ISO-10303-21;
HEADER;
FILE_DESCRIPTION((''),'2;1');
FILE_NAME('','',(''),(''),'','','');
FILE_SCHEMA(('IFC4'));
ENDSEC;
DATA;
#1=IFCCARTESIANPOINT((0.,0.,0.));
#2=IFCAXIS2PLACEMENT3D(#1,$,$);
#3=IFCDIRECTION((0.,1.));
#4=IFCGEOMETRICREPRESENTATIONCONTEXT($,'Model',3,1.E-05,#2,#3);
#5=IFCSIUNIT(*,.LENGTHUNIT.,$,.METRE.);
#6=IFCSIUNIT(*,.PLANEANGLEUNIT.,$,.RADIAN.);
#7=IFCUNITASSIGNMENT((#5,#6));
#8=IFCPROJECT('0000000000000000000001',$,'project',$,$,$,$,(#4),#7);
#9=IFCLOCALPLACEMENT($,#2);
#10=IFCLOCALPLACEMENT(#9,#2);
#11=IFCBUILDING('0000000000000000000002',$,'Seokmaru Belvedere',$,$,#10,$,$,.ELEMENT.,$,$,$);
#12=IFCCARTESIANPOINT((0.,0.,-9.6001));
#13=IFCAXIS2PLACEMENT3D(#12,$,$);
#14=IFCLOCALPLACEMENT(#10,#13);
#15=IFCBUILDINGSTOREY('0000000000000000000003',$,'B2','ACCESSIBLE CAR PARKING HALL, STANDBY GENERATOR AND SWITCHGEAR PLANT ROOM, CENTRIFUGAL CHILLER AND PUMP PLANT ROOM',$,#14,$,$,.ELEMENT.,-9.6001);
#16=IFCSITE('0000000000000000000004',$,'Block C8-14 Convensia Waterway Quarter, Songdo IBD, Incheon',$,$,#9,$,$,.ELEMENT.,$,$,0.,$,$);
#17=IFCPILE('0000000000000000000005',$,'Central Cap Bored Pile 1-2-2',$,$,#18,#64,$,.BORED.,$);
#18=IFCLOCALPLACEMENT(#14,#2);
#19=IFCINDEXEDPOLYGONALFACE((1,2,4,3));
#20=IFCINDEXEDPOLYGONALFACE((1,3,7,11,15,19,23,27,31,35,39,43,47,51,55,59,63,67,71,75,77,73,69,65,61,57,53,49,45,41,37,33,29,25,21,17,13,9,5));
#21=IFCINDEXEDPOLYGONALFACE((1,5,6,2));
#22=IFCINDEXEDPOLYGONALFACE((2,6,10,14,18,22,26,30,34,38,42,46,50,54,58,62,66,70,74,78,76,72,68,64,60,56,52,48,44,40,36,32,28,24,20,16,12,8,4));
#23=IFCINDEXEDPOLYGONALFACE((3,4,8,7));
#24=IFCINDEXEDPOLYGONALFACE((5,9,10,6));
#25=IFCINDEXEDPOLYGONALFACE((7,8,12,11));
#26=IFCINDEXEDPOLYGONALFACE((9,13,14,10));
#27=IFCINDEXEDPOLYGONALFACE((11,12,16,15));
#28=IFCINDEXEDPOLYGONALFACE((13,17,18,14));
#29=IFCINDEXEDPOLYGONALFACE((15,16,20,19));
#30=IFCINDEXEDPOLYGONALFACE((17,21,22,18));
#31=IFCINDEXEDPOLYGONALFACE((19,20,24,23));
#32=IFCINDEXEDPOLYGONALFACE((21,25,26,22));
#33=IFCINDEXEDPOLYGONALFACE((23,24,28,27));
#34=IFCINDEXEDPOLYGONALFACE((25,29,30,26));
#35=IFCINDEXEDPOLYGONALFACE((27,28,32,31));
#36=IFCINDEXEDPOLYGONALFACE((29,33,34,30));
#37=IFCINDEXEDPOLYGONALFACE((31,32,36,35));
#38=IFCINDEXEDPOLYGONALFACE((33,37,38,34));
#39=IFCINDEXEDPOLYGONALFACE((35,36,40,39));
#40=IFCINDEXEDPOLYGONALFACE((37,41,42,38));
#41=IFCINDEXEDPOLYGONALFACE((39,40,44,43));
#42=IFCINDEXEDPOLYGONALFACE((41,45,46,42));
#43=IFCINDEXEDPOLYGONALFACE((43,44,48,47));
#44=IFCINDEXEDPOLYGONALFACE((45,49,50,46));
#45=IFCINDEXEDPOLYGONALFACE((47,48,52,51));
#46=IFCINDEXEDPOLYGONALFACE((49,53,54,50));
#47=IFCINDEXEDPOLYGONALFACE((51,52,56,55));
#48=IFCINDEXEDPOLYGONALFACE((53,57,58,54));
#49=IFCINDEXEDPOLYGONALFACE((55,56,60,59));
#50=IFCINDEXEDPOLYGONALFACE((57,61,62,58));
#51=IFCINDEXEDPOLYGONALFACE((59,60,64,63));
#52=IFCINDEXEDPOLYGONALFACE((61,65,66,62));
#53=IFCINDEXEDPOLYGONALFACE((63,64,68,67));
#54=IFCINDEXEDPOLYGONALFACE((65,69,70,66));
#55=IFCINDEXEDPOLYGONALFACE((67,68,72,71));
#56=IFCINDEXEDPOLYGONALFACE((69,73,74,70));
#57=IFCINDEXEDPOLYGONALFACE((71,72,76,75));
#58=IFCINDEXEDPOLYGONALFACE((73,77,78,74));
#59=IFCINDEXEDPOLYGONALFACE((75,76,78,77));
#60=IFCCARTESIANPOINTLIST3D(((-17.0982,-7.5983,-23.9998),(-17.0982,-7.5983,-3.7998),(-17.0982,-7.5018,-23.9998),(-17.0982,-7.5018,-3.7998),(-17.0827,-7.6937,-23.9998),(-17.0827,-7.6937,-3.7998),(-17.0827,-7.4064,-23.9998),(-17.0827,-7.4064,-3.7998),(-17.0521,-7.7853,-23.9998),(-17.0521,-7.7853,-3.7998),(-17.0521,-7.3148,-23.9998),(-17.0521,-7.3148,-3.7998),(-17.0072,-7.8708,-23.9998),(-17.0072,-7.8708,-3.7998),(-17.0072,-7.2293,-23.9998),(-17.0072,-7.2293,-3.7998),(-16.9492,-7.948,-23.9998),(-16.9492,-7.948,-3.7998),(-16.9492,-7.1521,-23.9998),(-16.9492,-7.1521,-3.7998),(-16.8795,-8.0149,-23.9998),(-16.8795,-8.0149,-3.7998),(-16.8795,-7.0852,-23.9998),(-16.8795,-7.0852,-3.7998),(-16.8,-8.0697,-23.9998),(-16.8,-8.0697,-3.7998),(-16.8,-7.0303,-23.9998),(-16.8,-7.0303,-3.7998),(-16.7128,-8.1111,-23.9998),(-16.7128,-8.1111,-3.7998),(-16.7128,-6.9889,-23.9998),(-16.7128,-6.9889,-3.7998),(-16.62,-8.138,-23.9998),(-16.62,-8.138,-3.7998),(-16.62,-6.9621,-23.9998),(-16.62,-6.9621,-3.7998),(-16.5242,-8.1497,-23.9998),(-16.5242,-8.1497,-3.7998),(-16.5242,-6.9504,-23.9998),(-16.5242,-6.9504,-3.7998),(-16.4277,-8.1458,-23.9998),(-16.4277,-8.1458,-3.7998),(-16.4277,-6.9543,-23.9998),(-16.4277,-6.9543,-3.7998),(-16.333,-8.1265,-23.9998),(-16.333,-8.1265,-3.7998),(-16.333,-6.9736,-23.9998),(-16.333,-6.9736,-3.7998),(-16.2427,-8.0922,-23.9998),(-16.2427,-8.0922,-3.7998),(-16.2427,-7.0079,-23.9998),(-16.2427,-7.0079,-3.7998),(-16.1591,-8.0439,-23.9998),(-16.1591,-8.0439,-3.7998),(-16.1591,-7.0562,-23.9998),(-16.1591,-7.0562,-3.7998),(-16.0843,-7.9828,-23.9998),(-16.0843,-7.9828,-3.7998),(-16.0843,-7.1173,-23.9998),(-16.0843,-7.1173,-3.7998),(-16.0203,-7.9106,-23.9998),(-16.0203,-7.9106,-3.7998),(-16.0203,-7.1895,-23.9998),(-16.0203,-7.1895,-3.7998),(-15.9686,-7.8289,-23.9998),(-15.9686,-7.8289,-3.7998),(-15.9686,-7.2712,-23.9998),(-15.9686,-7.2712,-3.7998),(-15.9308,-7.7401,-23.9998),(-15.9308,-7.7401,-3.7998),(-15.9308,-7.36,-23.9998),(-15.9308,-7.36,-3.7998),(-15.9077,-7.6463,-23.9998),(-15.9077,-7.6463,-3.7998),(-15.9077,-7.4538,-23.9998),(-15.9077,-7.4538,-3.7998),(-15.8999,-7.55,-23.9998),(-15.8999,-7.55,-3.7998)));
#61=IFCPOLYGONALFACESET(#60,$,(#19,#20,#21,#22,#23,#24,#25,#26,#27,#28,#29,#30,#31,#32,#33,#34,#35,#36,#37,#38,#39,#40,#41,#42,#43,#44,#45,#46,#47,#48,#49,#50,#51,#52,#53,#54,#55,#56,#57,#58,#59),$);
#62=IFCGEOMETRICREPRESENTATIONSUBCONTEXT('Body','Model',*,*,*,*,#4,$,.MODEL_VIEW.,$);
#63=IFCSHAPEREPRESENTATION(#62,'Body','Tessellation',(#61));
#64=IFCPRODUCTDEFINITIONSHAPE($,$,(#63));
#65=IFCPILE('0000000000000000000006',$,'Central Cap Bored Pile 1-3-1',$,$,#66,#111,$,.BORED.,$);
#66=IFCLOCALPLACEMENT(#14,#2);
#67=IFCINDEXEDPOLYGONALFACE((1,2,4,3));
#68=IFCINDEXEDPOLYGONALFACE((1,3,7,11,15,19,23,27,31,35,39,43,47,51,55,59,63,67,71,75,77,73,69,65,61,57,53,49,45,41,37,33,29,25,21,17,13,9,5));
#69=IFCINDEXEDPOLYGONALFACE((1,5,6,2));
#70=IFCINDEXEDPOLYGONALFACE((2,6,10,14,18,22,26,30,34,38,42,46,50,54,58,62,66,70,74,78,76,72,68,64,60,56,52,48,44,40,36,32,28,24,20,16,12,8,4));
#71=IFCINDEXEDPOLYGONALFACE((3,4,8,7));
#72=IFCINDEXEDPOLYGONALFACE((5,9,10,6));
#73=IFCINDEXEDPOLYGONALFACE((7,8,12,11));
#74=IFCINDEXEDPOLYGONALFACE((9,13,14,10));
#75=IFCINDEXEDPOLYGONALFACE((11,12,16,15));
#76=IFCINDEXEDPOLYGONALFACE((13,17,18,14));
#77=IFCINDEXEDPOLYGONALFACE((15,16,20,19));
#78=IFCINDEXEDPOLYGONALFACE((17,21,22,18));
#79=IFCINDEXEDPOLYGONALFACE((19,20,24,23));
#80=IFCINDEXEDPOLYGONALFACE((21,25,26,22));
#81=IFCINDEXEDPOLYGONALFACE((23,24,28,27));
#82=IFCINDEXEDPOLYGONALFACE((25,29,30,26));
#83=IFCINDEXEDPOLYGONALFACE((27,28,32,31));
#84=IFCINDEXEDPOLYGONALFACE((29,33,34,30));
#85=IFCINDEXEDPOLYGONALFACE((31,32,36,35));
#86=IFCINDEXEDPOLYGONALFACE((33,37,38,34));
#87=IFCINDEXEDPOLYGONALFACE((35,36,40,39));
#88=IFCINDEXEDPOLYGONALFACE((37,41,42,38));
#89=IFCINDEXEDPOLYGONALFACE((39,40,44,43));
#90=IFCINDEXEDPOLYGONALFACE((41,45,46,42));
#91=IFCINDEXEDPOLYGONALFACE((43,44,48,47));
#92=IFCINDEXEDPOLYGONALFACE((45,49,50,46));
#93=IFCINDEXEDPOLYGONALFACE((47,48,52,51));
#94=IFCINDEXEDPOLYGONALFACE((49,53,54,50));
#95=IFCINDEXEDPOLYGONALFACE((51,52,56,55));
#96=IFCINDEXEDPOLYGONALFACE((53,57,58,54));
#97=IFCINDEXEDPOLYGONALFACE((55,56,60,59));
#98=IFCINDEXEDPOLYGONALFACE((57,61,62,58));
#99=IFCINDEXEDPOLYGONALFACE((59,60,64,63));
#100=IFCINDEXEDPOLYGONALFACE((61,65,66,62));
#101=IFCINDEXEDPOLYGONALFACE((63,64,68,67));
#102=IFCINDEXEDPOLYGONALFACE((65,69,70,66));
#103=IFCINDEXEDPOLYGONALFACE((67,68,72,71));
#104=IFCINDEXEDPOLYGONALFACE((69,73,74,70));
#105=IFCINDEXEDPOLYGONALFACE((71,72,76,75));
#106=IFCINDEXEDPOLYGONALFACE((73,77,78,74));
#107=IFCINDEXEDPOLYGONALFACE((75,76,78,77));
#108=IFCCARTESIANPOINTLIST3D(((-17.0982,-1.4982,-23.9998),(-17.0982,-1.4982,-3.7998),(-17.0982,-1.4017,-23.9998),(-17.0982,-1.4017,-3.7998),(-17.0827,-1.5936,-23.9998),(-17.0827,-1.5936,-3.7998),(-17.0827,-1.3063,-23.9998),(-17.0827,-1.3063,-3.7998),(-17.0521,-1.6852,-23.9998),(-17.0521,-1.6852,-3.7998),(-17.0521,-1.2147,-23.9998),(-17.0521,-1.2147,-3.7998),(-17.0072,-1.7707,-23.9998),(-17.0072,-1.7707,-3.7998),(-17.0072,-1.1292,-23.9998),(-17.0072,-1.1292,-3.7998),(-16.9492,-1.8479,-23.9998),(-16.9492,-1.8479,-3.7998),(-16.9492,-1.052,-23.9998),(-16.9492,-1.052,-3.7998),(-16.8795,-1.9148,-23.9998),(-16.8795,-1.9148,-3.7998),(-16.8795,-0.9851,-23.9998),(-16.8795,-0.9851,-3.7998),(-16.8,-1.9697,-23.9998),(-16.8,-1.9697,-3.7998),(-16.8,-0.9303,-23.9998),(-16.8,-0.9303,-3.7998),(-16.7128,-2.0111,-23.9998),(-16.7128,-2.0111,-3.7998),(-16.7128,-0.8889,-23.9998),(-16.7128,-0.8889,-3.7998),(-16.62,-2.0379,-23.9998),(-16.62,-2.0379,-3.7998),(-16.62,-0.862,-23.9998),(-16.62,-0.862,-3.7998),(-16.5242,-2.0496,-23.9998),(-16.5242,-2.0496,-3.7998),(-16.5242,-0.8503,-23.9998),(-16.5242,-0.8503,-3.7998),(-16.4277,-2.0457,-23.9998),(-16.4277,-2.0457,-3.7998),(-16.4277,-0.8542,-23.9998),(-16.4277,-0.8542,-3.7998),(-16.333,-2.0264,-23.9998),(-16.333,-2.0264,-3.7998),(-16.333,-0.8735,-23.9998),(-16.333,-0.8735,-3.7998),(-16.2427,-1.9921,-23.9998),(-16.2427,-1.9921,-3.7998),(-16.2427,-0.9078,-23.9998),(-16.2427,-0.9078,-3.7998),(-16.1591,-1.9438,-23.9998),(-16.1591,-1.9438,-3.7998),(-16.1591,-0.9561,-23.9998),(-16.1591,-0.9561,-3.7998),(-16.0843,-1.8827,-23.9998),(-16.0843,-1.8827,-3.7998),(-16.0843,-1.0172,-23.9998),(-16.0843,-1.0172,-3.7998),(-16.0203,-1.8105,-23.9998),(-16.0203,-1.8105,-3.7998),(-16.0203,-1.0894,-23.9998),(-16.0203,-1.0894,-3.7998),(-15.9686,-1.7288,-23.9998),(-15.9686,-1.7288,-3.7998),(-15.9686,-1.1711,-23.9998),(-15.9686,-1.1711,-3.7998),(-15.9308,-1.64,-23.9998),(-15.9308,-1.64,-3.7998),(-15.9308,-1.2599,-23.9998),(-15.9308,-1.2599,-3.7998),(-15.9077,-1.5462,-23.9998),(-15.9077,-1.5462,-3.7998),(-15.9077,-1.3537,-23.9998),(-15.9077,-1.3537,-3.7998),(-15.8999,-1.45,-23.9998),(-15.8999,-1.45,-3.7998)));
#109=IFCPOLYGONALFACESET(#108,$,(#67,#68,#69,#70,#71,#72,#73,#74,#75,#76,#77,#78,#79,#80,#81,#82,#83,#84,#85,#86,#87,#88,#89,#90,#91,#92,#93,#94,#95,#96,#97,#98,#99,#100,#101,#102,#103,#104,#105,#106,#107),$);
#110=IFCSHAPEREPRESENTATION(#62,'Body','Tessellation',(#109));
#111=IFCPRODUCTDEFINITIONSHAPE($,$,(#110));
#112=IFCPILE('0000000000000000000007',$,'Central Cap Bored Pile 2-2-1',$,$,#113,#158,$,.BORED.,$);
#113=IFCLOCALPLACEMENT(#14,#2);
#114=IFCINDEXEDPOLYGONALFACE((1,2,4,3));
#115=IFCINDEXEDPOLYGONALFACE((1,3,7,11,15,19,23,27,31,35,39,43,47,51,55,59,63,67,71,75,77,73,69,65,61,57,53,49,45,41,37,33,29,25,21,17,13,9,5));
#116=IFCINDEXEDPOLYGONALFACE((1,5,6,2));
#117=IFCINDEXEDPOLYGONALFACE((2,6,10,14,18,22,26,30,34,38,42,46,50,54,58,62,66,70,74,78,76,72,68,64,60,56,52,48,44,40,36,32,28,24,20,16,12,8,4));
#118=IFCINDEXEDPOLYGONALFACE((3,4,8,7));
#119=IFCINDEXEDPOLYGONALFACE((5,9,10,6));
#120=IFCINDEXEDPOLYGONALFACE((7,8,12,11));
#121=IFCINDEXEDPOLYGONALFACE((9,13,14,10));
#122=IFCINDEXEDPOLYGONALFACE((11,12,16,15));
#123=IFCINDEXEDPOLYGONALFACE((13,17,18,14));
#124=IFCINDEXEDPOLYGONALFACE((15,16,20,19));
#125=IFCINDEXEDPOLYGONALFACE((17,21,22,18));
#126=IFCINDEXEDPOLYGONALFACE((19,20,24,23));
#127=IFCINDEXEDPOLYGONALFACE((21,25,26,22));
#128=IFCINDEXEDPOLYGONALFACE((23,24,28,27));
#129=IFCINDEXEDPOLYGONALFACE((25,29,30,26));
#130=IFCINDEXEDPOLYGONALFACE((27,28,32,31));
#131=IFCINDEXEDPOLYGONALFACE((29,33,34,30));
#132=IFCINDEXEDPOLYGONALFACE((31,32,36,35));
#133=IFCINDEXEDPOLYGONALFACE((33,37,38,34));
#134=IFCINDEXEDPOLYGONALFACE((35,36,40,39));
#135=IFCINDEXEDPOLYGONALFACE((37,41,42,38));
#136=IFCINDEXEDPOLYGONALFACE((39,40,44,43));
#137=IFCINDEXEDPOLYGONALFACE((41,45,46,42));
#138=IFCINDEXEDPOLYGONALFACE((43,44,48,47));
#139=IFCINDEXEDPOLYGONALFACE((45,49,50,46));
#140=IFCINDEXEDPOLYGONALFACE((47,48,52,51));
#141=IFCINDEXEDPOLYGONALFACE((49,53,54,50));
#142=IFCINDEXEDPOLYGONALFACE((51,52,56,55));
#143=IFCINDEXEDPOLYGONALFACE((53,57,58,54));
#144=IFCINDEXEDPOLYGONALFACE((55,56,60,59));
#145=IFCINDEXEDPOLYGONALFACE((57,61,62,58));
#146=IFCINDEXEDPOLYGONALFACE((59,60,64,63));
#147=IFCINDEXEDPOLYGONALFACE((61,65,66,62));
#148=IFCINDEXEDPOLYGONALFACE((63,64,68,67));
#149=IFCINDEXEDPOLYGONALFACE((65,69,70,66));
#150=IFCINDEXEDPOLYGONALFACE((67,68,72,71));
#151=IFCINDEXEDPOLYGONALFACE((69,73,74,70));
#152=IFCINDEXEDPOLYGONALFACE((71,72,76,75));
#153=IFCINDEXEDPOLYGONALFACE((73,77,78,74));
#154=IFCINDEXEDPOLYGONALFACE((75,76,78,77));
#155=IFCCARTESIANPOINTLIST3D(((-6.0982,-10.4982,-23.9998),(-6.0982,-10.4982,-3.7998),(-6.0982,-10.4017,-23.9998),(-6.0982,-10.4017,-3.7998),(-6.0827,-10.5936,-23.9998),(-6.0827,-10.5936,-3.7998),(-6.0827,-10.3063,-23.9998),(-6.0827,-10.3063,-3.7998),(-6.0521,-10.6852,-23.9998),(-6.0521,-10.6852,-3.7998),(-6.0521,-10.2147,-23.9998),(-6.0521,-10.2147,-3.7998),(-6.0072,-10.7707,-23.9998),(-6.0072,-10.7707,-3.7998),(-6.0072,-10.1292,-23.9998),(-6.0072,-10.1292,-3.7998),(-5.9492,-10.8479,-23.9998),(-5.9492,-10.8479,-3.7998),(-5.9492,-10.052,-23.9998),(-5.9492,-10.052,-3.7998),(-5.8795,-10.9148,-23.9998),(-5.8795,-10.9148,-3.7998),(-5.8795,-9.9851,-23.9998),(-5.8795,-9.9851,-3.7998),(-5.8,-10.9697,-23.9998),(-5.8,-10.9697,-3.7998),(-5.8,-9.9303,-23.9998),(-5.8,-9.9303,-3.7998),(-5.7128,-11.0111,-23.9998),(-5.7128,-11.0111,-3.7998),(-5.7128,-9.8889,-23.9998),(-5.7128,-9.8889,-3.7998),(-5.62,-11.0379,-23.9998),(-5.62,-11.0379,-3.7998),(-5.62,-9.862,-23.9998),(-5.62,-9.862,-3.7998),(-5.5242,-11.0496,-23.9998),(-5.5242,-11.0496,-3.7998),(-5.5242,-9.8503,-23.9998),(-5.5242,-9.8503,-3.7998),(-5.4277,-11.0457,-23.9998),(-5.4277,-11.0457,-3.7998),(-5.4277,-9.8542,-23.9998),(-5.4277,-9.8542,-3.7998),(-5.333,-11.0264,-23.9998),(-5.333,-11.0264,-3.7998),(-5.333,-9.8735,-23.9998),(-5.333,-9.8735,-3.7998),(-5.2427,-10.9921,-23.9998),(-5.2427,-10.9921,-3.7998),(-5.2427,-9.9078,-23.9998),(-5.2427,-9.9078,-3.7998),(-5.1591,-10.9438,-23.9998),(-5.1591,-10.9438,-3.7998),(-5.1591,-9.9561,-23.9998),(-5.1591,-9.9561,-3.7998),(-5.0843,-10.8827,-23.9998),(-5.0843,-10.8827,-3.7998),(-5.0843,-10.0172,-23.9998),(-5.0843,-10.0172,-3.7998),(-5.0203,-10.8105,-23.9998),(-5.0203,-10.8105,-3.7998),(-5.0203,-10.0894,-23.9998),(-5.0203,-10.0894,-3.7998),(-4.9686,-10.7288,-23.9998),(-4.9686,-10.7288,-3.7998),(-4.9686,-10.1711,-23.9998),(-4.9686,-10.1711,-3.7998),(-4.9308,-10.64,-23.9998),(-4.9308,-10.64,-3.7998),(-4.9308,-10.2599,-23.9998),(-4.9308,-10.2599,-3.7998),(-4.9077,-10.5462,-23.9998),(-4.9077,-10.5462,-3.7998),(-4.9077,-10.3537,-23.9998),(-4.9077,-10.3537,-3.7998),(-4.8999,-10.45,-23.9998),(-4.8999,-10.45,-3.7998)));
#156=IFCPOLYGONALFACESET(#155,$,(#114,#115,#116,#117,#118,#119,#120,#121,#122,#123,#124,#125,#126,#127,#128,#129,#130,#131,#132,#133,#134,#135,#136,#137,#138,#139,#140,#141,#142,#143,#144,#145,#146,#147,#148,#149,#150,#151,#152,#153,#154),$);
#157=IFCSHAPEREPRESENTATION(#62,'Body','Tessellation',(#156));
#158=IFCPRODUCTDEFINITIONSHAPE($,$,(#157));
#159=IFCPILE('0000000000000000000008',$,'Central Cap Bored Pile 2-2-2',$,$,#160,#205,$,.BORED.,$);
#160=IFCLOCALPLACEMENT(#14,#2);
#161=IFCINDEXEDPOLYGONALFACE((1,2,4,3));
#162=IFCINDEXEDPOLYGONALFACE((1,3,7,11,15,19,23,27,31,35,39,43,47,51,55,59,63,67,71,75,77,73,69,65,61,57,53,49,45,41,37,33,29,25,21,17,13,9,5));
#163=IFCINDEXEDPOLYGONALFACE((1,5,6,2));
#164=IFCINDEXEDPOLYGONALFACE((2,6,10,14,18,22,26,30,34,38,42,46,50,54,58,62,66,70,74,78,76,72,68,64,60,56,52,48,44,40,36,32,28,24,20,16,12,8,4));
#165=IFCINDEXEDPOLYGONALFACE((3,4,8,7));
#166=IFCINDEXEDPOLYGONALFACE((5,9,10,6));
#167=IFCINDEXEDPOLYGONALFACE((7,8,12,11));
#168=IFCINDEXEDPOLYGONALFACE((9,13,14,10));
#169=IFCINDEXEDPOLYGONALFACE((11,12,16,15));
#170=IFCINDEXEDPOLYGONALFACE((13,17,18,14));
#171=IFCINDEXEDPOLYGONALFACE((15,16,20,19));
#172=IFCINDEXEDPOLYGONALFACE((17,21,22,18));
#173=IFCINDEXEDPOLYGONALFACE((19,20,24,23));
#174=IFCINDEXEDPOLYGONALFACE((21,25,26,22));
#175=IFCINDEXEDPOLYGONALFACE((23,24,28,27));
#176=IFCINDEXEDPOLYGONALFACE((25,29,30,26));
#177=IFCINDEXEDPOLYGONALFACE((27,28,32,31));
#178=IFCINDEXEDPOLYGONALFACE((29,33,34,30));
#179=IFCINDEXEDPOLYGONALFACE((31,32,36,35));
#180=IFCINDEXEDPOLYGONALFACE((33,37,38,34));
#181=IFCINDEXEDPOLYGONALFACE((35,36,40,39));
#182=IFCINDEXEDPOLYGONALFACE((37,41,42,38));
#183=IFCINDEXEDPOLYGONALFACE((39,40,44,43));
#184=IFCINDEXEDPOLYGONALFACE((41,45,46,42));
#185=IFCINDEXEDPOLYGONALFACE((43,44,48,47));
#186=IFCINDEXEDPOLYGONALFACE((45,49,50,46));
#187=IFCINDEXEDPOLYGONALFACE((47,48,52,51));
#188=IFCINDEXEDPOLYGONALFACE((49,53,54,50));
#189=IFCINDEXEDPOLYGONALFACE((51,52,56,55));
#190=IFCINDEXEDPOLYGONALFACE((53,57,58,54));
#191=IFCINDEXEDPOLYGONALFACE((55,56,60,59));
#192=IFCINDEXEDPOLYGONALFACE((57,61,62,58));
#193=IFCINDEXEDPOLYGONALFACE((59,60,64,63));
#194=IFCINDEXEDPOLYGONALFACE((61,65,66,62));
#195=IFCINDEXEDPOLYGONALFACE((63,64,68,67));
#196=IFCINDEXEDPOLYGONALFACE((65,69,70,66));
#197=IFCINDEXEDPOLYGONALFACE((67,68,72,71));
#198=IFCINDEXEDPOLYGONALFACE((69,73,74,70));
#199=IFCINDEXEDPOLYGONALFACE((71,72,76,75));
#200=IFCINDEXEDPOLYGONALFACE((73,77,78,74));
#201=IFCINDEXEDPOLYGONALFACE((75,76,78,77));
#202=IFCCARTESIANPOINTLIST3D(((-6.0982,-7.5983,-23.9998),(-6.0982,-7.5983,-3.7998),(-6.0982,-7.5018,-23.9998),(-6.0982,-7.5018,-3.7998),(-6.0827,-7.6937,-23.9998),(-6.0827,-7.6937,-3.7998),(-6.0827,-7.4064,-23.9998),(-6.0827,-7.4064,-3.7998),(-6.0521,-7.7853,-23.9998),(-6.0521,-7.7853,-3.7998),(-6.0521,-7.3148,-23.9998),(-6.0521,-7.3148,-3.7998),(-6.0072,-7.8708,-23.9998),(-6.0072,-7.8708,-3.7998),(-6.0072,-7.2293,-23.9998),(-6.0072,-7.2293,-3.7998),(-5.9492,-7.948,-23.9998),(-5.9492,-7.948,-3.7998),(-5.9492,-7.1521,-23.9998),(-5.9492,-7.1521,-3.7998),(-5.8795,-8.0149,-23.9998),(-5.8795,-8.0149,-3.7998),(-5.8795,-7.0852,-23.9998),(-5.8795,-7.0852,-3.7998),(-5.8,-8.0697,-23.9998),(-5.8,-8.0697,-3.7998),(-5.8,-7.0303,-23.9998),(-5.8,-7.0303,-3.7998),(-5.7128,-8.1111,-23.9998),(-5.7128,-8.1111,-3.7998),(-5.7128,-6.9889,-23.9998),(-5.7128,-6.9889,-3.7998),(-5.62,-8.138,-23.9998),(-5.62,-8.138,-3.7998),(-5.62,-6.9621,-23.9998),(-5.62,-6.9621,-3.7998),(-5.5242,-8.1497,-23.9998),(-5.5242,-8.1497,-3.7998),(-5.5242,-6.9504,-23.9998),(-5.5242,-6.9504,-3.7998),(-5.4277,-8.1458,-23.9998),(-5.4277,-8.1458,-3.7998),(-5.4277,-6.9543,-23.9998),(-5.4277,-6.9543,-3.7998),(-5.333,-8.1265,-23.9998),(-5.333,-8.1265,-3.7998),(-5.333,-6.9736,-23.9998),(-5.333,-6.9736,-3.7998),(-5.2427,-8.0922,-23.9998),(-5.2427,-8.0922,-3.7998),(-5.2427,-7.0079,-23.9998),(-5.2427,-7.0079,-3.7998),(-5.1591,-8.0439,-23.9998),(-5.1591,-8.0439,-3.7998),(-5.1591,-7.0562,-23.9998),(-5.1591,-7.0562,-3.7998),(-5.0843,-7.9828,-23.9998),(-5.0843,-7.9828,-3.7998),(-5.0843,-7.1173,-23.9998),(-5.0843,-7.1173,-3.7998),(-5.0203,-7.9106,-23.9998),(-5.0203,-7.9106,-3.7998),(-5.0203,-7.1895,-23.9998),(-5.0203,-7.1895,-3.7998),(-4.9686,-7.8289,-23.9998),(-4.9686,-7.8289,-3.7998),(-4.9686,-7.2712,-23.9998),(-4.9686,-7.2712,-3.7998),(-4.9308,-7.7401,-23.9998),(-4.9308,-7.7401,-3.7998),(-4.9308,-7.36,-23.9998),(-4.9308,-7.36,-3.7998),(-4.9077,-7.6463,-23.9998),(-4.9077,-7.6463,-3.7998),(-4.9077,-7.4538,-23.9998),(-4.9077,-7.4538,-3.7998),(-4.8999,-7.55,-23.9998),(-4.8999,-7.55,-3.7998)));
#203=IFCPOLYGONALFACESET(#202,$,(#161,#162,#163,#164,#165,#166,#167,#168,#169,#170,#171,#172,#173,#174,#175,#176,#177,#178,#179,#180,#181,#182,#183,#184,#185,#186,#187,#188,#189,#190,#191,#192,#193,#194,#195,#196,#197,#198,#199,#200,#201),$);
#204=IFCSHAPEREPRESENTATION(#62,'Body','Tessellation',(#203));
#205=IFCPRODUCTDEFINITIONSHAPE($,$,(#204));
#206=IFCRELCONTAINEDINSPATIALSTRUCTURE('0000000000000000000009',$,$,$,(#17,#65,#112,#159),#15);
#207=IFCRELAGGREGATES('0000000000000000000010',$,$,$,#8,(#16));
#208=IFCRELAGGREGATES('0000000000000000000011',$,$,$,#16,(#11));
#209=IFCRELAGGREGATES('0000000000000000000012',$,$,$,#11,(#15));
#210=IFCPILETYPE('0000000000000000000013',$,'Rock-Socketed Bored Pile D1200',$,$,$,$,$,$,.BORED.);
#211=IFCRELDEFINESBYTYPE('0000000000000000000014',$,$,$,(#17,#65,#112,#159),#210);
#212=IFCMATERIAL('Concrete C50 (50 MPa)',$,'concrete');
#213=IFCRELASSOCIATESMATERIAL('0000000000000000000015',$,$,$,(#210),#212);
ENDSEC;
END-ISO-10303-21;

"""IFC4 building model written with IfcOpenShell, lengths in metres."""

from ifc_helpers import new_model, si_unit, direction, frame, origin, origin_2d, place, context, subcontext, project, spatial, circle, extrude, source, transform, mapped, material, material_profile, profile_set, type_object, type_shapes, element, save


model = new_model("IFC4")

# Units and contexts
model_context = context("Model", 3, precision=1e-05, world=origin(), true_north=direction((0.0, 1.0)))
body_context = subcontext(model_context, "Body", "Model", "MODEL_VIEW")
ifc_project = project(units=[si_unit("LENGTHUNIT", "METRE"), si_unit("PLANEANGLEUNIT", "RADIAN")], contexts=[model_context])

# Site, building, storey
site_placement = place(None, origin())
site = spatial("IfcSite", under=ifc_project, at=site_placement, Name="Block C8-14 Convensia Waterway Quarter, Songdo IBD, Incheon", CompositionType="ELEMENT", RefElevation=0.0)
building_placement = place(site_placement, origin())
building = spatial("IfcBuilding", under=site, at=building_placement, Name="Seokmaru Belvedere", CompositionType="ELEMENT")
storey_placement = place(building_placement, frame((0.0, 0.0, -9.6001)))
storey = spatial("IfcBuildingStorey", under=building, at=storey_placement, Name="B2", Description="ACCESSIBLE CAR PARKING HALL, STANDBY GENERATOR AND SWITCHGEAR PLANT ROOM, CENTRIFUGAL CHILLER AND PUMP PLANT ROOM", CompositionType="ELEMENT", Elevation=-9.6001)

# Piles
ifc_material_1 = material(Name="Concrete C50 (50 MPa)", Category="concrete")
ifc_material_profile_1 = material_profile(ifc_material_1, circle(Radius=0.6001, at=origin_2d()), Name="PILE-D1200")
ifc_profile_set_1 = profile_set([ifc_material_profile_1], Name="Concrete C50 (50 MPa)")
pile_type = type_object("IfcPileType", Name="Rock-Socketed Bored Pile D1200", PredefinedType="BORED", material=ifc_profile_set_1)
shared_shape_1 = source(origin(), body_context, "Body", "SweptSolid", [
    extrude(circle(Radius=0.6001, at=origin_2d()), origin(), (0.0, 0.0, 1.0), 20.2),
])
type_shapes(pile_type, [shared_shape_1])
for number, where, z_axis, x_axis, name in (
    (1, (-16.5, -7.55, -3.7998), (0.0, 0.0, -1.0), (1.0, 0.0, 0.0), "Central Cap Bored Pile 1-2-2"),
    (2, (-16.5, -1.45, -3.7998), (0.0, 0.0, -1.0), (1.0, 0.0, 0.0), "Central Cap Bored Pile 1-3-1"),
    (3, (-5.5, -10.45, -3.7998), (0.0, 0.0, -1.0), (1.0, 0.0, 0.0), "Central Cap Bored Pile 2-2-1"),
    (4, (-5.5, -7.55, -3.7998), (0.0, 0.0, -1.0), (1.0, 0.0, 0.0), "Central Cap Bored Pile 2-2-2"),
):
    element("IfcPile", number, at=place(storey_placement, frame(where, z_axis=z_axis, x_axis=x_axis)), inside=storey, type_object=pile_type, Name=name, PredefinedType="BORED", context=body_context, shape_type="MappedRepresentation", body=[
        mapped(shared_shape_1, transform((0.0, 0.0, 0.0), scale=1.0)),
    ])

save(model, "model.ifc")
